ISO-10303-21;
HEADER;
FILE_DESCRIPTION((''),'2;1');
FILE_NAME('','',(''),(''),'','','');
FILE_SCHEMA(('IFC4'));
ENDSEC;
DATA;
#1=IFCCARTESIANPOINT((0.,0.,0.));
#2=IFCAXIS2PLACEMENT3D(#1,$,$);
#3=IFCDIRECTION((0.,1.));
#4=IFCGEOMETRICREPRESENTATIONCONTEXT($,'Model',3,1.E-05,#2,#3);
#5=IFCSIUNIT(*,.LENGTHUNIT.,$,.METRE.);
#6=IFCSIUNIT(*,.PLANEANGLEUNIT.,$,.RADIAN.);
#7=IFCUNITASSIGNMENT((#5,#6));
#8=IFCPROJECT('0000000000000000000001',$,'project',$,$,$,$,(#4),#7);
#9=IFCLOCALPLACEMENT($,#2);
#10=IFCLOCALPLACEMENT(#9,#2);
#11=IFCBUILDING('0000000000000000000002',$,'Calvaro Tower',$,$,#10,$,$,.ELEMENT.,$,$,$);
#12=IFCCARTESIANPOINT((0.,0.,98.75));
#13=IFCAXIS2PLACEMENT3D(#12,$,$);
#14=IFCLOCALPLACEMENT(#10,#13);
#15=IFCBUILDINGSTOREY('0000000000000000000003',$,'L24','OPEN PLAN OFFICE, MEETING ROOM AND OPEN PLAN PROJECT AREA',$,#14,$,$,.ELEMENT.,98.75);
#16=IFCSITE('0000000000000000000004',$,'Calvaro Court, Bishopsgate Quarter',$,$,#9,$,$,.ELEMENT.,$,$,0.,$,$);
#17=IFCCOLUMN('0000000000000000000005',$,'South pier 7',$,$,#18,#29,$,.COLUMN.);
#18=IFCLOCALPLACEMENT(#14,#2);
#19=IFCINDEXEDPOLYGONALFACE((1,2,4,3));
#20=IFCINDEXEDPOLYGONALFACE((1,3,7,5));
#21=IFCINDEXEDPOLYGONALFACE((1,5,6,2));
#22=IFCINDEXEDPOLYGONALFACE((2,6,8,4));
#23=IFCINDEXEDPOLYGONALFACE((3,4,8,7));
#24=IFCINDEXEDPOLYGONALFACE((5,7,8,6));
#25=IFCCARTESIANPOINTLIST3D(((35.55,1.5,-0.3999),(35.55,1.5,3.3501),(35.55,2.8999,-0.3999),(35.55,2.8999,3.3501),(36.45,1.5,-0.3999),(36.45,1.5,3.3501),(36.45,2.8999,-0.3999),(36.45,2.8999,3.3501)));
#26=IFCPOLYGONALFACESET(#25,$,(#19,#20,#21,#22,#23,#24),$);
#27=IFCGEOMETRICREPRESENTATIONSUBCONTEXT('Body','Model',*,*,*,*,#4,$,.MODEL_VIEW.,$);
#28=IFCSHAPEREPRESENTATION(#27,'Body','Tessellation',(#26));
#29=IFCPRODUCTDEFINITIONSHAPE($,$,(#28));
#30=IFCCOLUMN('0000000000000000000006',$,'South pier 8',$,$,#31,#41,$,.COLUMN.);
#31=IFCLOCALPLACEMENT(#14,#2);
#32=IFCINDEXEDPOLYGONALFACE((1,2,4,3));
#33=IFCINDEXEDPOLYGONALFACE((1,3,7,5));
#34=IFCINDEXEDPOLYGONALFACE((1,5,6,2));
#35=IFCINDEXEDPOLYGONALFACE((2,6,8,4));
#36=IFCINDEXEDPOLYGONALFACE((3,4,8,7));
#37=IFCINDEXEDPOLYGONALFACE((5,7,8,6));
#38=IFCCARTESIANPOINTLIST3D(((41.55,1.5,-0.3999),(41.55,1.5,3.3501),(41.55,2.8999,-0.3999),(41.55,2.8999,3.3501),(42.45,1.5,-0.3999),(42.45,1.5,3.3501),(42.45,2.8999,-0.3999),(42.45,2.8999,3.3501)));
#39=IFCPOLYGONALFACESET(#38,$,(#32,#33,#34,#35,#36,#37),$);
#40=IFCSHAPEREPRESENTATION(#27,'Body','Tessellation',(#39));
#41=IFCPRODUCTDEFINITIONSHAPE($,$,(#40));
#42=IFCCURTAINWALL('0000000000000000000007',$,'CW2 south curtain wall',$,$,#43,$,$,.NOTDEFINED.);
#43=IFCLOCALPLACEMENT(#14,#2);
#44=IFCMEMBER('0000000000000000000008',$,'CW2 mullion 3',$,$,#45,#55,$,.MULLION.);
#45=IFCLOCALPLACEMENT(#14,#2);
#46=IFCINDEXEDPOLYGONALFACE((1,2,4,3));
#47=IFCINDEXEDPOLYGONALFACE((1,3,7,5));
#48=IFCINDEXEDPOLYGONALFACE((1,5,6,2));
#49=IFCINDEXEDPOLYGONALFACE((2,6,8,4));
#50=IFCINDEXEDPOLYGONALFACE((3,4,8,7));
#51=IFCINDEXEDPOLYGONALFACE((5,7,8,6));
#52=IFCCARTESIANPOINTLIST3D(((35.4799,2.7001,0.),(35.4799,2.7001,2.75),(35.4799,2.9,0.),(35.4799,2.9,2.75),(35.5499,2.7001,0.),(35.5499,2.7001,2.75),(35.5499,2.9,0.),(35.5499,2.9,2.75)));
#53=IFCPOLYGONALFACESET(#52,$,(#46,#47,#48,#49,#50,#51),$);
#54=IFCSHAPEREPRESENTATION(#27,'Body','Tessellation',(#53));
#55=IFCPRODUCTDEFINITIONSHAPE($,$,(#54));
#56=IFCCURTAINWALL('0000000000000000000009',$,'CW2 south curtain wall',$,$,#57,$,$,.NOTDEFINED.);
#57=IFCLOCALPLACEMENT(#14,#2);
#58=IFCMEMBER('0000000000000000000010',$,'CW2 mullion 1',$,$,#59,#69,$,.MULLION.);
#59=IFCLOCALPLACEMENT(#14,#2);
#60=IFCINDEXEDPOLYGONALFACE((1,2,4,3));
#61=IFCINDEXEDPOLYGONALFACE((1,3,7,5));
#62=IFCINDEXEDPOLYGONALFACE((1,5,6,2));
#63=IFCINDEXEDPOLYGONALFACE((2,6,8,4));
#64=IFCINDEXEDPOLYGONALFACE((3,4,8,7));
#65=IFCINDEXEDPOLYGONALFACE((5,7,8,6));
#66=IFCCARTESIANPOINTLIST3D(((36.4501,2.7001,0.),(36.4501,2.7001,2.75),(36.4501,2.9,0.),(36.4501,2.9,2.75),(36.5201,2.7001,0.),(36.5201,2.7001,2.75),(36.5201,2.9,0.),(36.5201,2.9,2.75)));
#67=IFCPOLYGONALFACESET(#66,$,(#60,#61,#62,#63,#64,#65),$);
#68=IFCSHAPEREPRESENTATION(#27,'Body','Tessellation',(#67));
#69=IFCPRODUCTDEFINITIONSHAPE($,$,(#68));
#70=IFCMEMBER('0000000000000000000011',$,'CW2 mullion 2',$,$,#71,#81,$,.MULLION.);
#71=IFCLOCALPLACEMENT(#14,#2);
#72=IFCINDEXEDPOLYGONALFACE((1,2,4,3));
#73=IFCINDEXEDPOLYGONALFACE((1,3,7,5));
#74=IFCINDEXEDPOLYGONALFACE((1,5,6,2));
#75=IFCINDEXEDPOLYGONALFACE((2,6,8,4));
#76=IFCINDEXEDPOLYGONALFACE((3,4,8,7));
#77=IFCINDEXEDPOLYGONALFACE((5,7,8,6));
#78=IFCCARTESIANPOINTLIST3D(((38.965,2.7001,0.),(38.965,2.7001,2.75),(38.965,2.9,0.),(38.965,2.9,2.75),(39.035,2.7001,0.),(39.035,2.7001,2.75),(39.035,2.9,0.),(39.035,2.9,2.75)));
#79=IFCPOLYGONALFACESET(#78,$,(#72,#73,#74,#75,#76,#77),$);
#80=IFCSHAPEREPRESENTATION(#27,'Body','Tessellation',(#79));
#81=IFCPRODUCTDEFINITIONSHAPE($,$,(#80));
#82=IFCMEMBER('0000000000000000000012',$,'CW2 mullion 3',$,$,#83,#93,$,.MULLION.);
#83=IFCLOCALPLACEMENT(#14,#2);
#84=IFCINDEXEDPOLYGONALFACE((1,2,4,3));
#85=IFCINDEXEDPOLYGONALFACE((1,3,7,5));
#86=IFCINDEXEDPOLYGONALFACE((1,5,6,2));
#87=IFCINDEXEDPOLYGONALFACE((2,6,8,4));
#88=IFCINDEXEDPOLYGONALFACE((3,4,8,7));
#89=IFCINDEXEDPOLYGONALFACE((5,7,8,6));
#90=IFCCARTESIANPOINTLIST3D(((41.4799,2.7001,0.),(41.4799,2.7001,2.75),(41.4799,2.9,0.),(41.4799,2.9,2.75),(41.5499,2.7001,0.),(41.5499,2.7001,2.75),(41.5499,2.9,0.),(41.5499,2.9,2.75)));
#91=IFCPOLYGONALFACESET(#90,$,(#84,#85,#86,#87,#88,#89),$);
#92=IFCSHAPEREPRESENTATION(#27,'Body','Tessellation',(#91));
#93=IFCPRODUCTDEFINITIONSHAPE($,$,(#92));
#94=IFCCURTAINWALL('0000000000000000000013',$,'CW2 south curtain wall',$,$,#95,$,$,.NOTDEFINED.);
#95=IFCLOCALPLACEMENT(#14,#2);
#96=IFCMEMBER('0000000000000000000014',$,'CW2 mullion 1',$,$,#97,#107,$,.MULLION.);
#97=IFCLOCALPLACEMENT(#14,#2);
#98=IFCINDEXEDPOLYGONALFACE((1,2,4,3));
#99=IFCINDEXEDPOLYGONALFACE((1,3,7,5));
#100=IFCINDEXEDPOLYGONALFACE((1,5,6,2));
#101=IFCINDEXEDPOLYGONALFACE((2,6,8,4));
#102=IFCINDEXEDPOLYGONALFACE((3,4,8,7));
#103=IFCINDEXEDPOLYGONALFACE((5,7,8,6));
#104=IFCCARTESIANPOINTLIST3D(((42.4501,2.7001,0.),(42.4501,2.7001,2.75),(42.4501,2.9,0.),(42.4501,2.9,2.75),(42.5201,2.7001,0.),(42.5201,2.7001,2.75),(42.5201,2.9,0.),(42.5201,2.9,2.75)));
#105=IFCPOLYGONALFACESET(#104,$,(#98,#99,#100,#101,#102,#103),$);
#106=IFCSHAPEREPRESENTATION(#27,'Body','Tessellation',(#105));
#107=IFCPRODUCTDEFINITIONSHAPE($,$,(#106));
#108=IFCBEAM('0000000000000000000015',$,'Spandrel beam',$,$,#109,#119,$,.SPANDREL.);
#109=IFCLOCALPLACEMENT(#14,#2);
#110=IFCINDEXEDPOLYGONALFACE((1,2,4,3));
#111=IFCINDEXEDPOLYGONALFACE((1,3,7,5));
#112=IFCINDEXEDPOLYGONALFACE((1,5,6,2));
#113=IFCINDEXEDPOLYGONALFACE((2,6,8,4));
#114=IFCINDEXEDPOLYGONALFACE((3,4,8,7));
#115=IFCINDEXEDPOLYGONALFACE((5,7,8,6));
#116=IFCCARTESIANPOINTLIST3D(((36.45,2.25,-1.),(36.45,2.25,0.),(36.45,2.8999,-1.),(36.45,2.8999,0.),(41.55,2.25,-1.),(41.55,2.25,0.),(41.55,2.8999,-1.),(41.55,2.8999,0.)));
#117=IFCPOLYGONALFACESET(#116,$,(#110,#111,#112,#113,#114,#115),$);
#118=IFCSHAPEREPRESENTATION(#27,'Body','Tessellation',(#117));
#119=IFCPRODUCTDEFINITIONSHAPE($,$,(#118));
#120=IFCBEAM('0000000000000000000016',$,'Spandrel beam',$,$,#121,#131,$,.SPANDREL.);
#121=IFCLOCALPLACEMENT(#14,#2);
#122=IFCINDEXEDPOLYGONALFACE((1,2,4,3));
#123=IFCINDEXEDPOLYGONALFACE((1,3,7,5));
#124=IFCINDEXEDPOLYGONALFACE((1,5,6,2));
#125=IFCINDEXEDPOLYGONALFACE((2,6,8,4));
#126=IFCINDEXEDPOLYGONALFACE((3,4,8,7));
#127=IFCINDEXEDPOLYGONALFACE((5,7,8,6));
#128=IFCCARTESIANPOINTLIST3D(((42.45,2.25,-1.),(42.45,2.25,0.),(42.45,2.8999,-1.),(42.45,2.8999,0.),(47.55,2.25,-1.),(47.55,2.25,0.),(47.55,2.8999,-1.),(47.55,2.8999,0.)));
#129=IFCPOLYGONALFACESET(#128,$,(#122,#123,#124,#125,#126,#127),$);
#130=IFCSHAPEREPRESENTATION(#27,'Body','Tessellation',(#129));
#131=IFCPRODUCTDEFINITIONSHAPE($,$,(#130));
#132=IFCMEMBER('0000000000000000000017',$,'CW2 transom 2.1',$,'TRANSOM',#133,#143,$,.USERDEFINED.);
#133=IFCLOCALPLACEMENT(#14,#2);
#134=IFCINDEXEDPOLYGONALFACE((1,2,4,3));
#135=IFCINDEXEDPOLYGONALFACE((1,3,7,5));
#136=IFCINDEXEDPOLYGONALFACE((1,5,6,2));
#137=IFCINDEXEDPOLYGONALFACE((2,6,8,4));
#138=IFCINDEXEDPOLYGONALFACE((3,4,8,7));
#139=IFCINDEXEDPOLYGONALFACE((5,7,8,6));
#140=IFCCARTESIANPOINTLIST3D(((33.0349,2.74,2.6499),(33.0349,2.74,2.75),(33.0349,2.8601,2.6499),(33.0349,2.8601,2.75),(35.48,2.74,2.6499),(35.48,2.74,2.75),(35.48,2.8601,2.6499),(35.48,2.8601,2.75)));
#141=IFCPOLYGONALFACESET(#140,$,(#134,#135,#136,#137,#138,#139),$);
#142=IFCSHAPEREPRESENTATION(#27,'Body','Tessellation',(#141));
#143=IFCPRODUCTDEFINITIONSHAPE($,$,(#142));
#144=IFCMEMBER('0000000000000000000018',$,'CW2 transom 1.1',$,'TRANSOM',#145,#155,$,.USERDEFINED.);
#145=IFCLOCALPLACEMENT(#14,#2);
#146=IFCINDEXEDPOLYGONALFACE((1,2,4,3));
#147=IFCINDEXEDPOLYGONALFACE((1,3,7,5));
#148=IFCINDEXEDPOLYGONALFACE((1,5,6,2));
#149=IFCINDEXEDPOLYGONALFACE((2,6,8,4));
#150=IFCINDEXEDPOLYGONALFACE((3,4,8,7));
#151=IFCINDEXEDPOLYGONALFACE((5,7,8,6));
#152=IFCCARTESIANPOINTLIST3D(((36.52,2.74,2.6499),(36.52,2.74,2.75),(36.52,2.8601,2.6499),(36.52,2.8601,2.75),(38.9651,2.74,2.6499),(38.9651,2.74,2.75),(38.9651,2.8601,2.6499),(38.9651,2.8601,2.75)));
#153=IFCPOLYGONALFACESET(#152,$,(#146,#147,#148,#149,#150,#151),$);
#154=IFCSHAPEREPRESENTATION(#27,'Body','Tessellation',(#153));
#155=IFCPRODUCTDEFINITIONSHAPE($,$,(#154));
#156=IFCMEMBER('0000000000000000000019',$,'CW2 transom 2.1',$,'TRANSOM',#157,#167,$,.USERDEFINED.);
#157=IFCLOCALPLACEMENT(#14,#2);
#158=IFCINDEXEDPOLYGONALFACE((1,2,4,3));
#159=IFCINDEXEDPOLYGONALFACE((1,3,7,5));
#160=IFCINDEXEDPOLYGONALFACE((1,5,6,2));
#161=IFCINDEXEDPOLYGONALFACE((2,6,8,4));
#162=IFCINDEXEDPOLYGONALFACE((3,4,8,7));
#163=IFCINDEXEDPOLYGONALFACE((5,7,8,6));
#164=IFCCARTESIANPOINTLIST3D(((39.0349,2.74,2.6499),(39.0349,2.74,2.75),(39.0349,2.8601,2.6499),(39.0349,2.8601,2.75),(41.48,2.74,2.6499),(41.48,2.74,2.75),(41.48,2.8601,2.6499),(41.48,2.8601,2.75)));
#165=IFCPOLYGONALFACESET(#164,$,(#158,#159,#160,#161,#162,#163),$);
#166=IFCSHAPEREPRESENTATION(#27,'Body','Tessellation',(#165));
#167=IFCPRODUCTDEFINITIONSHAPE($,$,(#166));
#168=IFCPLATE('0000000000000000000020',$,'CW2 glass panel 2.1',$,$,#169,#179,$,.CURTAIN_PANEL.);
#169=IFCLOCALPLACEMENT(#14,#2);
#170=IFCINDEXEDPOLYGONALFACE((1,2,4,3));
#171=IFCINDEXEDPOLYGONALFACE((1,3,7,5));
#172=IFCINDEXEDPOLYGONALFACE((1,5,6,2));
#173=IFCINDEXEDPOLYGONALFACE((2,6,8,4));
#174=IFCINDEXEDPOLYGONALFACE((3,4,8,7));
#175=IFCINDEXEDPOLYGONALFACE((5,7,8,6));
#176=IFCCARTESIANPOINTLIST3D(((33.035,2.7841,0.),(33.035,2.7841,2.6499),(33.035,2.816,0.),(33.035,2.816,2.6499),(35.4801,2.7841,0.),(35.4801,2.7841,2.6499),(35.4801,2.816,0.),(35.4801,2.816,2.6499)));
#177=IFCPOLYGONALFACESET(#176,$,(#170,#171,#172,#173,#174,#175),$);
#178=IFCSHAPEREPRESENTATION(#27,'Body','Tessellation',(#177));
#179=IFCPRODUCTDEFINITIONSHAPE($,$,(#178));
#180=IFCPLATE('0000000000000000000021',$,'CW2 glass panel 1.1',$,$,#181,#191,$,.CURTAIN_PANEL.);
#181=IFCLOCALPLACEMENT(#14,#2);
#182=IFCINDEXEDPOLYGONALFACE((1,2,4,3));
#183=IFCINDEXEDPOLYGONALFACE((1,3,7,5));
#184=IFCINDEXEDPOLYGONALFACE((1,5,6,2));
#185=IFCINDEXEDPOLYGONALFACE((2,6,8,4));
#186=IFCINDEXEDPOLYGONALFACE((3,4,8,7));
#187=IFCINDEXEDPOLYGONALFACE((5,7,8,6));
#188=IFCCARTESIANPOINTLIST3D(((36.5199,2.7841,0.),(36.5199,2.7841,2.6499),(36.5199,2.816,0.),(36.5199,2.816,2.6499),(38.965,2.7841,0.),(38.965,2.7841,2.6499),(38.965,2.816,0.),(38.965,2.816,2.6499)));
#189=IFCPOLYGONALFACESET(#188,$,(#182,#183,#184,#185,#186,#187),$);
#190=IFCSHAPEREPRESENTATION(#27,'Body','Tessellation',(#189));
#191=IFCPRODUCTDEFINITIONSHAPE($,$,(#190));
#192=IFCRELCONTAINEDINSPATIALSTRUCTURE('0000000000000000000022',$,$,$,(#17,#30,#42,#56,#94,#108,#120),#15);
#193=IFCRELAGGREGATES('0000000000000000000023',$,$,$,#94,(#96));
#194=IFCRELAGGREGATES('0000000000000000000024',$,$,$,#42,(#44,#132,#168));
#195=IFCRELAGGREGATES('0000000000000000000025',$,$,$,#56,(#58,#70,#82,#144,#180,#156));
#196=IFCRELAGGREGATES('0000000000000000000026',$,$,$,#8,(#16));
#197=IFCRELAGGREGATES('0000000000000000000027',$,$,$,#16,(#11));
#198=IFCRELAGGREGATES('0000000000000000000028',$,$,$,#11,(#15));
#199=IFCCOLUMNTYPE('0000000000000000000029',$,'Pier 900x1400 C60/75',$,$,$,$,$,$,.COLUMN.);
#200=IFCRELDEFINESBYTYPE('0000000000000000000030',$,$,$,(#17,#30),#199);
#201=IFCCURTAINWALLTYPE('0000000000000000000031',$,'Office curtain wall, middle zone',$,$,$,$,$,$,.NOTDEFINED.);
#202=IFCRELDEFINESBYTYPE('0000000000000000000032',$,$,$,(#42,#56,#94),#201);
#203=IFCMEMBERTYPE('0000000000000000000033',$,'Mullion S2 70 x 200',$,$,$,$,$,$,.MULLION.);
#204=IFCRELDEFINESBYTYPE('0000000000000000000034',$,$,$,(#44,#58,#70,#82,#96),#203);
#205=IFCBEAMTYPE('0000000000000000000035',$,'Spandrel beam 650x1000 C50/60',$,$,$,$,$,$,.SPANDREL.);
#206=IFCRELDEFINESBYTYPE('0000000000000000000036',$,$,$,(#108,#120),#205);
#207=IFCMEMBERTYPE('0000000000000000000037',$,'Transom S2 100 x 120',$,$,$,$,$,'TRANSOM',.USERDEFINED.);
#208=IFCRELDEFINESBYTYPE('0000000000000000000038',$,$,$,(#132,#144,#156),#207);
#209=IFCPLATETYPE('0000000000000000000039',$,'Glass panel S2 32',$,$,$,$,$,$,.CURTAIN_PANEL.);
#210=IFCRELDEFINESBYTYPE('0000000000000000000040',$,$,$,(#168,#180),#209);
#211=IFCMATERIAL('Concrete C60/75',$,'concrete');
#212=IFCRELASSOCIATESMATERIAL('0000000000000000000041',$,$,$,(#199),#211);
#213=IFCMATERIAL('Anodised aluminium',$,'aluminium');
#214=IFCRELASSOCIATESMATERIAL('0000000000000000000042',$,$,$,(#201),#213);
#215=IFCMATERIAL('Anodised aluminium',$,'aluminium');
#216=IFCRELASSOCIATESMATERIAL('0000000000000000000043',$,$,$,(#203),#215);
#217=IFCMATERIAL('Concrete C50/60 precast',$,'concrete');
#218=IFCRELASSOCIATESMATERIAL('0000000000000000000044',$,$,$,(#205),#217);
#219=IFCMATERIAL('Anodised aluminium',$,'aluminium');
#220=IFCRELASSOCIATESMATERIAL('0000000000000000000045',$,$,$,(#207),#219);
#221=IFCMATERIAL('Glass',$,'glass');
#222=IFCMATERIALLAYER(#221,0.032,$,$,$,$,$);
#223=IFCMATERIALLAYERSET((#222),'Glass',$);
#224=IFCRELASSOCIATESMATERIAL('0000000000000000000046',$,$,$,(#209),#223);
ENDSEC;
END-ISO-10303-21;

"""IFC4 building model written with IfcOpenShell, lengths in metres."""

from ifc_helpers import new_model, si_unit, direction, frame, origin, origin_2d, place, context, subcontext, project, spatial, rectangle, extrude, material, layer, layer_set, material_profile, profile_set, type_object, element, aggregate, save


model = new_model("IFC4")

# Units and contexts
model_context = context("Model", 3, precision=1e-05, world=origin(), true_north=direction((0.0, 1.0)))
body_context = subcontext(model_context, "Body", "Model", "MODEL_VIEW")
ifc_project = project(units=[si_unit("LENGTHUNIT", "METRE"), si_unit("PLANEANGLEUNIT", "RADIAN")], contexts=[model_context])

# Site, building, storey
site_placement = place(None, origin())
site = spatial("IfcSite", under=ifc_project, at=site_placement, Name="Calvaro Court, Bishopsgate Quarter", CompositionType="ELEMENT", RefElevation=0.0)
building_placement = place(site_placement, origin())
building = spatial("IfcBuilding", under=site, at=building_placement, Name="Calvaro Tower", CompositionType="ELEMENT")
storey_placement = place(building_placement, frame((0.0, 0.0, 98.75)))
storey = spatial("IfcBuildingStorey", under=building, at=storey_placement, Name="L24", Description="OPEN PLAN OFFICE, MEETING ROOM AND OPEN PLAN PROJECT AREA", CompositionType="ELEMENT", Elevation=98.75)

# Columns
ifc_material_1 = material(Name="Concrete C60/75", Category="concrete")
ifc_material_profile_1 = material_profile(ifc_material_1, rectangle(XDim=0.8999, YDim=1.3999, at=origin_2d()), Name="RC 900x1400")
ifc_profile_set_1 = profile_set([ifc_material_profile_1], Name="Concrete C60/75")
column_type = type_object("IfcColumnType", Name="Pier 900x1400 C60/75", PredefinedType="COLUMN", material=ifc_profile_set_1)
for number, where, z_axis, x_axis, name in (
    (1, (36.0, 2.2, -0.3999), (0.0, 0.0, 1.0), (1.0, 0.0, 0.0), "South pier 7"),
    (2, (42.0, 2.2, -0.3999), (0.0, 0.0, 1.0), (1.0, 0.0, 0.0), "South pier 8"),
):
    element("IfcColumn", number, at=place(storey_placement, frame(where, z_axis=z_axis, x_axis=x_axis)), inside=storey, type_object=column_type, Name=name, PredefinedType="COLUMN", context=body_context, shape_type="SweptSolid", body=[
        extrude(rectangle(XDim=0.8999, YDim=1.3999, at=origin_2d()), origin(), (0.0, 0.0, 1.0), 3.75),
    ])

# Curtain wall, member
ifc_material_2 = material(Name="Anodised aluminium", Category="aluminium")
curtain_wall_type = type_object("IfcCurtainWallType", Name="Office curtain wall, middle zone", PredefinedType="NOTDEFINED", material=ifc_material_2)
curtain_wall_1_placement = place(storey_placement, origin())
curtain_wall_1 = element("IfcCurtainWall", 3, at=curtain_wall_1_placement, inside=storey, type_object=curtain_wall_type, Name="CW2 south curtain wall", PredefinedType="NOTDEFINED")
ifc_material_3 = material(Name="Anodised aluminium", Category="aluminium")
ifc_material_profile_2 = material_profile(ifc_material_3, rectangle(XDim=0.2, YDim=0.0701, at=origin_2d()), Name="Mullion S2 70 x 200")
ifc_profile_set_2 = profile_set([ifc_material_profile_2], Name="Anodised aluminium")
member_type_1 = type_object("IfcMemberType", Name="Mullion S2 70 x 200", PredefinedType="MULLION", material=ifc_profile_set_2)
member_1_placement = place(storey_placement, frame((35.5149, 2.8, 0.0), z_axis=(0.0, 0.0, 1.0), x_axis=(0.0, 1.0, 0.0)))
member_1 = element("IfcMember", 4, at=member_1_placement, type_object=member_type_1, Name="CW2 mullion 3", PredefinedType="MULLION", context=body_context, shape_type="SweptSolid", body=[
    extrude(rectangle(XDim=0.2, YDim=0.0701, at=origin_2d()), origin(), (0.0, 0.0, 1.0), 2.75),
])

# Curtain wall, members
curtain_wall_2_placement = place(storey_placement, origin())
curtain_wall_2 = element("IfcCurtainWall", 5, at=curtain_wall_2_placement, inside=storey, type_object=curtain_wall_type, Name="CW2 south curtain wall", PredefinedType="NOTDEFINED")
member_2_placement = place(storey_placement, frame((36.4851, 2.8, 0.0), z_axis=(0.0, 0.0, 1.0), x_axis=(0.0, 1.0, 0.0)))
member_2 = element("IfcMember", 6, at=member_2_placement, type_object=member_type_1, Name="CW2 mullion 1", PredefinedType="MULLION", context=body_context, shape_type="SweptSolid", body=[
    extrude(rectangle(XDim=0.2, YDim=0.0701, at=origin_2d()), origin(), (0.0, 0.0, 1.0), 2.75),
])
member_3_placement = place(storey_placement, frame((39.0, 2.8, 0.0), z_axis=(0.0, 0.0, 1.0), x_axis=(0.0, 1.0, 0.0)))
member_3 = element("IfcMember", 7, at=member_3_placement, type_object=member_type_1, Name="CW2 mullion 2", PredefinedType="MULLION", context=body_context, shape_type="SweptSolid", body=[
    extrude(rectangle(XDim=0.2, YDim=0.0701, at=origin_2d()), origin(), (0.0, 0.0, 1.0), 2.75),
])
member_4_placement = place(storey_placement, frame((41.5149, 2.8, 0.0), z_axis=(0.0, 0.0, 1.0), x_axis=(0.0, 1.0, 0.0)))
member_4 = element("IfcMember", 8, at=member_4_placement, type_object=member_type_1, Name="CW2 mullion 3", PredefinedType="MULLION", context=body_context, shape_type="SweptSolid", body=[
    extrude(rectangle(XDim=0.2, YDim=0.0701, at=origin_2d()), origin(), (0.0, 0.0, 1.0), 2.75),
])

# Curtain wall, member
curtain_wall_3_placement = place(storey_placement, origin())
curtain_wall_3 = element("IfcCurtainWall", 9, at=curtain_wall_3_placement, inside=storey, type_object=curtain_wall_type, Name="CW2 south curtain wall", PredefinedType="NOTDEFINED")
member_5_placement = place(storey_placement, frame((42.4851, 2.8, 0.0), z_axis=(0.0, 0.0, 1.0), x_axis=(0.0, 1.0, 0.0)))
member_5 = element("IfcMember", 10, at=member_5_placement, type_object=member_type_1, Name="CW2 mullion 1", PredefinedType="MULLION", context=body_context, shape_type="SweptSolid", body=[
    extrude(rectangle(XDim=0.2, YDim=0.0701, at=origin_2d()), origin(), (0.0, 0.0, 1.0), 2.75),
])
aggregate(curtain_wall_3, [member_5])

# Beams
ifc_material_4 = material(Name="Concrete C50/60 precast", Category="concrete")
ifc_material_profile_3 = material_profile(ifc_material_4, rectangle(XDim=0.6499, YDim=1.0, at=origin_2d()), Name="RC 650x1000")
ifc_profile_set_3 = profile_set([ifc_material_profile_3], Name="Concrete C50/60 precast")
beam_type = type_object("IfcBeamType", Name="Spandrel beam 650x1000 C50/60", PredefinedType="SPANDREL", material=ifc_profile_set_3)
for number, where, z_axis, x_axis, name in (
    (11, (36.45, 2.575, -0.5), (1.0, 0.0, 0.0), (0.0, 1.0, 0.0), "Spandrel beam"),
    (12, (42.45, 2.575, -0.5), (1.0, 0.0, 0.0), (0.0, 1.0, 0.0), "Spandrel beam"),
):
    element("IfcBeam", number, at=place(storey_placement, frame(where, z_axis=z_axis, x_axis=x_axis)), inside=storey, type_object=beam_type, Name=name, PredefinedType="SPANDREL", context=body_context, shape_type="SweptSolid", body=[
        extrude(rectangle(XDim=0.6499, YDim=1.0, at=origin_2d()), origin(), (0.0, 0.0, 1.0), 5.1001),
    ])

# Members
ifc_material_5 = material(Name="Anodised aluminium", Category="aluminium")
ifc_material_profile_4 = material_profile(ifc_material_5, rectangle(XDim=0.1201, YDim=0.1001, at=origin_2d()), Name="Transom S2 100 x 120")
ifc_profile_set_4 = profile_set([ifc_material_profile_4], Name="Anodised aluminium")
member_type_2 = type_object("IfcMemberType", Name="Transom S2 100 x 120", ElementType="TRANSOM", PredefinedType="USERDEFINED", material=ifc_profile_set_4)
member_6_placement = place(storey_placement, frame((33.0349, 2.8, 2.7), z_axis=(1.0, 0.0, 0.0), x_axis=(0.0, 1.0, 0.0)))
member_6 = element("IfcMember", 13, at=member_6_placement, type_object=member_type_2, Name="CW2 transom 2.1", ObjectType="TRANSOM", PredefinedType="USERDEFINED", context=body_context, shape_type="SweptSolid", body=[
    extrude(rectangle(XDim=0.1201, YDim=0.1001, at=origin_2d()), origin(), (0.0, 0.0, 1.0), 2.4451),
])
member_7_placement = place(storey_placement, frame((36.52, 2.8, 2.7), z_axis=(1.0, 0.0, 0.0), x_axis=(0.0, 1.0, 0.0)))
member_7 = element("IfcMember", 14, at=member_7_placement, type_object=member_type_2, Name="CW2 transom 1.1", ObjectType="TRANSOM", PredefinedType="USERDEFINED", context=body_context, shape_type="SweptSolid", body=[
    extrude(rectangle(XDim=0.1201, YDim=0.1001, at=origin_2d()), origin(), (0.0, 0.0, 1.0), 2.4451),
])
member_8_placement = place(storey_placement, frame((39.0349, 2.8, 2.7), z_axis=(1.0, 0.0, 0.0), x_axis=(0.0, 1.0, 0.0)))
member_8 = element("IfcMember", 15, at=member_8_placement, type_object=member_type_2, Name="CW2 transom 2.1", ObjectType="TRANSOM", PredefinedType="USERDEFINED", context=body_context, shape_type="SweptSolid", body=[
    extrude(rectangle(XDim=0.1201, YDim=0.1001, at=origin_2d()), origin(), (0.0, 0.0, 1.0), 2.4451),
])

# Plates
ifc_material_6 = material(Name="Glass", Category="glass")
ifc_layer = layer(ifc_material_6, 0.032)
ifc_layer_set = layer_set([ifc_layer], Name="Glass")
plate_type = type_object("IfcPlateType", Name="Glass panel S2 32", PredefinedType="CURTAIN_PANEL", material=ifc_layer_set)
plate_1_placement = place(storey_placement, frame((34.2576, 2.8, 0.0), z_axis=(0.0, 0.0, 1.0), x_axis=(1.0, 0.0, 0.0)))
plate_1 = element("IfcPlate", 16, at=plate_1_placement, type_object=plate_type, Name="CW2 glass panel 2.1", PredefinedType="CURTAIN_PANEL", context=body_context, shape_type="SweptSolid", body=[
    extrude(rectangle(XDim=2.4451, YDim=0.032, at=origin_2d()), origin(), (0.0, 0.0, 1.0), 2.6499),
])
aggregate(curtain_wall_1, [member_1, member_6, plate_1])
plate_2_placement = place(storey_placement, frame((37.7424, 2.8, 0.0), z_axis=(0.0, 0.0, 1.0), x_axis=(1.0, 0.0, 0.0)))
plate_2 = element("IfcPlate", 17, at=plate_2_placement, type_object=plate_type, Name="CW2 glass panel 1.1", PredefinedType="CURTAIN_PANEL", context=body_context, shape_type="SweptSolid", body=[
    extrude(rectangle(XDim=2.4451, YDim=0.032, at=origin_2d()), origin(), (0.0, 0.0, 1.0), 2.6499),
])
aggregate(curtain_wall_2, [member_2, member_3, member_4, member_7, plate_2, member_8])

save(model, "model.ifc")
